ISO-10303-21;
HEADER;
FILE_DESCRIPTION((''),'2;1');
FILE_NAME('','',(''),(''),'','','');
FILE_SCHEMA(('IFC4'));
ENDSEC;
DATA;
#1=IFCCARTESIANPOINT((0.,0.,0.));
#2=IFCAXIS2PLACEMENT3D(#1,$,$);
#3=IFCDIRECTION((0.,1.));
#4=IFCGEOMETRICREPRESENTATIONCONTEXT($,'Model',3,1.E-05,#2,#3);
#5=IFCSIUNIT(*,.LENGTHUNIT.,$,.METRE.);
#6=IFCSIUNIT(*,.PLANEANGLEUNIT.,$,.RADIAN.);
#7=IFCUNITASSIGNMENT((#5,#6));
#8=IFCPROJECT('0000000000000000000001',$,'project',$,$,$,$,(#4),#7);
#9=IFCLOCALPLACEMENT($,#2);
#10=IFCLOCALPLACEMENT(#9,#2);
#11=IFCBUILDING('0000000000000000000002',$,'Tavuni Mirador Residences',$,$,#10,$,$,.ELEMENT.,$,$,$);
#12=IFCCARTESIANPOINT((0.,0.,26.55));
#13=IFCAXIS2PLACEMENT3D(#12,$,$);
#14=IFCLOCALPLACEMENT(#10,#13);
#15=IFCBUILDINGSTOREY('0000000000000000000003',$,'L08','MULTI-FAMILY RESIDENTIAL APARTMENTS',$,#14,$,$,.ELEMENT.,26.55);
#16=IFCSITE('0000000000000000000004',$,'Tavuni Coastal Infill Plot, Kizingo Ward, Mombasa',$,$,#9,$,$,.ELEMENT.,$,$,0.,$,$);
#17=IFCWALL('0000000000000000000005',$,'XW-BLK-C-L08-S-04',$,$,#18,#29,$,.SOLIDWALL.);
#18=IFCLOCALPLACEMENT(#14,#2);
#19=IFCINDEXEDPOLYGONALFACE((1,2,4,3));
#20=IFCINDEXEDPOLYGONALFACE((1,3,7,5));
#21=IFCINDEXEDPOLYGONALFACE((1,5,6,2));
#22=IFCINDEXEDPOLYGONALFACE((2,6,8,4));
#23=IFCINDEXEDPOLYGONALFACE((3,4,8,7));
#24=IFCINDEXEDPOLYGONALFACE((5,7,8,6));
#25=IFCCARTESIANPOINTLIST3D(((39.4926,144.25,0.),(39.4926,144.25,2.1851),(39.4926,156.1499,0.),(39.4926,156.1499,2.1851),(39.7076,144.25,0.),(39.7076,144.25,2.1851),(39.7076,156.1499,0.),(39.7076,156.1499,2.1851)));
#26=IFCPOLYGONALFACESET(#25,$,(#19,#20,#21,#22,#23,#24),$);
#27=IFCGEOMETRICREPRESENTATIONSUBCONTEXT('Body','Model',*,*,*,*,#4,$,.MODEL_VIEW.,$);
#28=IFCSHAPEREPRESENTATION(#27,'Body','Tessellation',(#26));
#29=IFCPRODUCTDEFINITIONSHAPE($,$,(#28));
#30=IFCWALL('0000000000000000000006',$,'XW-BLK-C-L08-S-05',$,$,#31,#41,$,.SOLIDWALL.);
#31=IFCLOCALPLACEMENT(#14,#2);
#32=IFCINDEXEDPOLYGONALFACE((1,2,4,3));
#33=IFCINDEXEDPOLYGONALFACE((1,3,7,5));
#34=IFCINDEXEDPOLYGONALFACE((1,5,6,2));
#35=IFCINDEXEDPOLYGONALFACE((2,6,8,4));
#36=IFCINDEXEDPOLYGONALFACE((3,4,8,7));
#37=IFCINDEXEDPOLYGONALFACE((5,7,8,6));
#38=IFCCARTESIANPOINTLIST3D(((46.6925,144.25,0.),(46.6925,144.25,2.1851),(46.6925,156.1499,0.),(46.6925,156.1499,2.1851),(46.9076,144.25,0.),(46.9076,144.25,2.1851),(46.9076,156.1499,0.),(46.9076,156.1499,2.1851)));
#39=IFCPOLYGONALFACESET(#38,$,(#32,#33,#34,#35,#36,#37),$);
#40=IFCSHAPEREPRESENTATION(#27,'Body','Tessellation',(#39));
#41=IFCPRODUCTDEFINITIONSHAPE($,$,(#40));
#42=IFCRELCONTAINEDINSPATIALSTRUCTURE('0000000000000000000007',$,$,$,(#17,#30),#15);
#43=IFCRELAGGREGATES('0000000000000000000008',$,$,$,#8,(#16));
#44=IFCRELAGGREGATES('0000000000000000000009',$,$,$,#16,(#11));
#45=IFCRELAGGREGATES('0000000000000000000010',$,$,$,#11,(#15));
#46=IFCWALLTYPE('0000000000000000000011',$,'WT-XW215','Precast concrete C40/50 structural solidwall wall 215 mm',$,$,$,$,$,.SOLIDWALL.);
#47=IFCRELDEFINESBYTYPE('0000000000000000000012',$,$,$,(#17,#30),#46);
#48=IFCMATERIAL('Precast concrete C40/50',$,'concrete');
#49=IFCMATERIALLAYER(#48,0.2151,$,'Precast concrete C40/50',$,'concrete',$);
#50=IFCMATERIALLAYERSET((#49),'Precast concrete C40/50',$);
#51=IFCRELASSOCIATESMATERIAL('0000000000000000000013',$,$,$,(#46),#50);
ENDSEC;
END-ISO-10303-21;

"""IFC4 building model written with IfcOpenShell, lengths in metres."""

from ifc_helpers import new_model, si_unit, direction, frame, frame_2d, origin, place, context, subcontext, project, spatial, rectangle, extrude, material, layer, layer_set, type_object, element, save


model = new_model("IFC4")

# Units and contexts
model_context = context("Model", 3, precision=1e-05, world=origin(), true_north=direction((0.0, 1.0)))
body_context = subcontext(model_context, "Body", "Model", "MODEL_VIEW")
ifc_project = project(units=[si_unit("LENGTHUNIT", "METRE"), si_unit("PLANEANGLEUNIT", "RADIAN")], contexts=[model_context])

# Site, building, storey
site_placement = place(None, origin())
site = spatial("IfcSite", under=ifc_project, at=site_placement, Name="Tavuni Coastal Infill Plot, Kizingo Ward, Mombasa", CompositionType="ELEMENT", RefElevation=0.0)
building_placement = place(site_placement, origin())
building = spatial("IfcBuilding", under=site, at=building_placement, Name="Tavuni Mirador Residences", CompositionType="ELEMENT")
storey_placement = place(building_placement, frame((0.0, 0.0, 26.55)))
storey = spatial("IfcBuildingStorey", under=building, at=storey_placement, Name="L08", Description="MULTI-FAMILY RESIDENTIAL APARTMENTS", CompositionType="ELEMENT", Elevation=26.55)

# Shared definitions
ifc_material_1 = material(Name="Precast concrete C40/50", Category="concrete")

# Walls
ifc_layer_1 = layer(ifc_material_1, 0.2151, Name="Precast concrete C40/50", Category="concrete")
ifc_layer_set_1 = layer_set([ifc_layer_1], Name="Precast concrete C40/50")
wall_type_1 = type_object("IfcWallType", Name="WT-XW215", Description="Precast concrete C40/50 structural solidwall wall 215 mm", PredefinedType="SOLIDWALL", material=ifc_layer_set_1)
for number, where, z_axis, x_axis, name in (
    (1, (39.6001, 144.25, 0.0), (0.0, 0.0, 1.0), (0.0, 1.0, 0.0), "XW-BLK-C-L08-S-04"),
    (2, (46.8, 144.25, 0.0), (0.0, 0.0, 1.0), (0.0, 1.0, 0.0), "XW-BLK-C-L08-S-05"),
):
    element("IfcWall", number, at=place(storey_placement, frame(where, z_axis=z_axis, x_axis=x_axis)), inside=storey, type_object=wall_type_1, Name=name, PredefinedType="SOLIDWALL", context=body_context, shape_type="SweptSolid", body=[
        extrude(rectangle(XDim=11.8999, YDim=0.2151, at=frame_2d((5.95, 0.0))), origin(), (0.0, 0.0, 1.0), 2.1851),
    ])

save(model, "model.ifc")
